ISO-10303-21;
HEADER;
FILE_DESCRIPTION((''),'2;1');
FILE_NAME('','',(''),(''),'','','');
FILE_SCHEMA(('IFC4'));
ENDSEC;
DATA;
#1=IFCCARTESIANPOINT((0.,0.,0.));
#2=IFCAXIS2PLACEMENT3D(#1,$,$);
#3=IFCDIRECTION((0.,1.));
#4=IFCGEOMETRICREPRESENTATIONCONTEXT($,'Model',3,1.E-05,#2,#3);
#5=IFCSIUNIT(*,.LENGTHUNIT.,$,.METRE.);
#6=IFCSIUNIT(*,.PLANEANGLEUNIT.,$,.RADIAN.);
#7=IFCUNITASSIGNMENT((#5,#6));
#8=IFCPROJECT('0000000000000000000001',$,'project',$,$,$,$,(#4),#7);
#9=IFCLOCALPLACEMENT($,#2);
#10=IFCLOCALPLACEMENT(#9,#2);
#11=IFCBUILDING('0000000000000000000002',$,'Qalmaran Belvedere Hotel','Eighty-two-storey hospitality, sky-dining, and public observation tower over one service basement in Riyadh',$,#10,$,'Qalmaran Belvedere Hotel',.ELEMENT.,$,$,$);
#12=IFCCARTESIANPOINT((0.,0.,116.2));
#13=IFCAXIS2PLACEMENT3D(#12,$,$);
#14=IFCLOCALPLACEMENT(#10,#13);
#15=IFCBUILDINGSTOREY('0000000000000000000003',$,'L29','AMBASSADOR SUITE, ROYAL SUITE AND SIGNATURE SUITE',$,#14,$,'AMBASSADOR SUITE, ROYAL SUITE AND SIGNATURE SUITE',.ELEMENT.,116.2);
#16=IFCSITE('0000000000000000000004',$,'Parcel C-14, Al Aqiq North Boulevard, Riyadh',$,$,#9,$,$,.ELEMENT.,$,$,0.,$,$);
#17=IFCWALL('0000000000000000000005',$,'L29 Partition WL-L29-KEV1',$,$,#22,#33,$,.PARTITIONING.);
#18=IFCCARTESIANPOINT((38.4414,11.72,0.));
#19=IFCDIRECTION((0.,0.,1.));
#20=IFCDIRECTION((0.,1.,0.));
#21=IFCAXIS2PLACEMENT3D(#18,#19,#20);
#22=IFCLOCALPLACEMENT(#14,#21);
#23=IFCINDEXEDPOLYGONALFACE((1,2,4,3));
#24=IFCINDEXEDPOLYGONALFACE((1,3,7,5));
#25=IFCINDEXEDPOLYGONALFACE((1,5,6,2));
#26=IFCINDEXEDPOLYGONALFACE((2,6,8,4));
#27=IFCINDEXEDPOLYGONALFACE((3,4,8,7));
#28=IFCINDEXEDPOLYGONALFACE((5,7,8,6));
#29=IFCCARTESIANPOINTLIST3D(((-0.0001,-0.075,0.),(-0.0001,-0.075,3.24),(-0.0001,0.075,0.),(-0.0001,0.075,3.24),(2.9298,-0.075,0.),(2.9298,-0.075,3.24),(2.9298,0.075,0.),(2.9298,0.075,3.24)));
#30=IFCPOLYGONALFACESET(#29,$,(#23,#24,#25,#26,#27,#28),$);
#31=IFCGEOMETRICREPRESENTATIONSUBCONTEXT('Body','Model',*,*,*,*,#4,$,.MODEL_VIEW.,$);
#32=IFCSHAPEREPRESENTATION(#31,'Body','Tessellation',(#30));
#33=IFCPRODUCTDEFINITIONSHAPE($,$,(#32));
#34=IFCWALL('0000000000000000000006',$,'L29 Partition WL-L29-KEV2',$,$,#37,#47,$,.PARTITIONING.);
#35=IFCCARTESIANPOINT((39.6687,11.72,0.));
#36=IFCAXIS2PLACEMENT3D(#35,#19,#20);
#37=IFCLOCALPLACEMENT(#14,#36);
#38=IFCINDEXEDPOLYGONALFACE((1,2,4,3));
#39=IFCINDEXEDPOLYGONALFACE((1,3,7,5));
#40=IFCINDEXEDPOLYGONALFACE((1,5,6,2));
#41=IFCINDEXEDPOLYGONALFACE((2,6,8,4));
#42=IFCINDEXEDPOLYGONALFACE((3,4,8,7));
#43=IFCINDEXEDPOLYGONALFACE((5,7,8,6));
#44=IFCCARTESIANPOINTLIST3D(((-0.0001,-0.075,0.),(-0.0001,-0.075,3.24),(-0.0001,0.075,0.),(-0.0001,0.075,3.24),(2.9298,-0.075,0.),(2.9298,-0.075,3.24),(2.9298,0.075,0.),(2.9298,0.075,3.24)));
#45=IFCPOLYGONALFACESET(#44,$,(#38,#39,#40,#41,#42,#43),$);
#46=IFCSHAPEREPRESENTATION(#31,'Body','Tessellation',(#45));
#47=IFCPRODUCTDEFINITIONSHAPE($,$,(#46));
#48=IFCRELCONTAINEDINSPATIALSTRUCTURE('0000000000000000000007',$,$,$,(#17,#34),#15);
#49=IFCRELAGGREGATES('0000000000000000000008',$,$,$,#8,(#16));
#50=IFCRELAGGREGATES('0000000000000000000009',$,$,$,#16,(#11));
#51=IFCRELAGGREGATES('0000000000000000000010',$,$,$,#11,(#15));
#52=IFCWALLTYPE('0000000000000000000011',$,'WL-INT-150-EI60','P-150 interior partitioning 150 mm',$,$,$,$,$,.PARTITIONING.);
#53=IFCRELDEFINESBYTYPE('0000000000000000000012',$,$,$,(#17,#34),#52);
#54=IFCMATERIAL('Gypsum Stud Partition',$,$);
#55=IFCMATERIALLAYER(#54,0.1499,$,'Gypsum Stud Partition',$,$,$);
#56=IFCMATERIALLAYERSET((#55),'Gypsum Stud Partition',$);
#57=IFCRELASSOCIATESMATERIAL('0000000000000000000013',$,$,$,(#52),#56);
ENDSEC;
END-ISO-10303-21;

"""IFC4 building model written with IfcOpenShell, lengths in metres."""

from ifc_helpers import new_model, si_unit, direction, frame, frame_2d, origin, place, context, subcontext, project, spatial, rectangle, extrude, material, layer, layer_set, type_object, element, save


model = new_model("IFC4")

# Units and contexts
model_context = context("Model", 3, precision=1e-05, world=origin(), true_north=direction((0.0, 1.0)))
body_context = subcontext(model_context, "Body", "Model", "MODEL_VIEW")
ifc_project = project(units=[si_unit("LENGTHUNIT", "METRE"), si_unit("PLANEANGLEUNIT", "RADIAN")], contexts=[model_context])

# Site, building, storey
site_placement = place(None, origin())
site = spatial("IfcSite", under=ifc_project, at=site_placement, Name="Parcel C-14, Al Aqiq North Boulevard, Riyadh", CompositionType="ELEMENT", RefElevation=0.0)
building_placement = place(site_placement, origin())
building = spatial("IfcBuilding", under=site, at=building_placement, Name="Qalmaran Belvedere Hotel", Description="Eighty-two-storey hospitality, sky-dining, and public observation tower over one service basement in Riyadh", LongName="Qalmaran Belvedere Hotel", CompositionType="ELEMENT")
storey_placement = place(building_placement, frame((0.0, 0.0, 116.2)))
storey = spatial("IfcBuildingStorey", under=building, at=storey_placement, Name="L29", Description="AMBASSADOR SUITE, ROYAL SUITE AND SIGNATURE SUITE", LongName="AMBASSADOR SUITE, ROYAL SUITE AND SIGNATURE SUITE", CompositionType="ELEMENT", Elevation=116.2)

# Walls
ifc_material_1 = material(Name="Gypsum Stud Partition")
ifc_layer_1 = layer(ifc_material_1, 0.1499, Name="Gypsum Stud Partition")
ifc_layer_set_1 = layer_set([ifc_layer_1], Name="Gypsum Stud Partition")
wall_type_1 = type_object("IfcWallType", Name="WL-INT-150-EI60", Description="P-150 interior partitioning 150 mm", PredefinedType="PARTITIONING", material=ifc_layer_set_1)
for number, where, z_axis, x_axis, name in (
    (1, (38.4414, 11.72, 0.0), (0.0, 0.0, 1.0), (0.0, 1.0, 0.0), "L29 Partition WL-L29-KEV1"),
    (2, (39.6687, 11.72, 0.0), (0.0, 0.0, 1.0), (0.0, 1.0, 0.0), "L29 Partition WL-L29-KEV2"),
):
    element("IfcWall", number, at=place(storey_placement, frame(where, z_axis=z_axis, x_axis=x_axis)), inside=storey, type_object=wall_type_1, Name=name, PredefinedType="PARTITIONING", context=body_context, shape_type="SweptSolid", body=[
        extrude(rectangle(XDim=2.9299, YDim=0.1499, at=frame_2d((1.4648, 0.0))), origin(), (0.0, 0.0, 1.0), 3.24),
    ])

save(model, "model.ifc")
